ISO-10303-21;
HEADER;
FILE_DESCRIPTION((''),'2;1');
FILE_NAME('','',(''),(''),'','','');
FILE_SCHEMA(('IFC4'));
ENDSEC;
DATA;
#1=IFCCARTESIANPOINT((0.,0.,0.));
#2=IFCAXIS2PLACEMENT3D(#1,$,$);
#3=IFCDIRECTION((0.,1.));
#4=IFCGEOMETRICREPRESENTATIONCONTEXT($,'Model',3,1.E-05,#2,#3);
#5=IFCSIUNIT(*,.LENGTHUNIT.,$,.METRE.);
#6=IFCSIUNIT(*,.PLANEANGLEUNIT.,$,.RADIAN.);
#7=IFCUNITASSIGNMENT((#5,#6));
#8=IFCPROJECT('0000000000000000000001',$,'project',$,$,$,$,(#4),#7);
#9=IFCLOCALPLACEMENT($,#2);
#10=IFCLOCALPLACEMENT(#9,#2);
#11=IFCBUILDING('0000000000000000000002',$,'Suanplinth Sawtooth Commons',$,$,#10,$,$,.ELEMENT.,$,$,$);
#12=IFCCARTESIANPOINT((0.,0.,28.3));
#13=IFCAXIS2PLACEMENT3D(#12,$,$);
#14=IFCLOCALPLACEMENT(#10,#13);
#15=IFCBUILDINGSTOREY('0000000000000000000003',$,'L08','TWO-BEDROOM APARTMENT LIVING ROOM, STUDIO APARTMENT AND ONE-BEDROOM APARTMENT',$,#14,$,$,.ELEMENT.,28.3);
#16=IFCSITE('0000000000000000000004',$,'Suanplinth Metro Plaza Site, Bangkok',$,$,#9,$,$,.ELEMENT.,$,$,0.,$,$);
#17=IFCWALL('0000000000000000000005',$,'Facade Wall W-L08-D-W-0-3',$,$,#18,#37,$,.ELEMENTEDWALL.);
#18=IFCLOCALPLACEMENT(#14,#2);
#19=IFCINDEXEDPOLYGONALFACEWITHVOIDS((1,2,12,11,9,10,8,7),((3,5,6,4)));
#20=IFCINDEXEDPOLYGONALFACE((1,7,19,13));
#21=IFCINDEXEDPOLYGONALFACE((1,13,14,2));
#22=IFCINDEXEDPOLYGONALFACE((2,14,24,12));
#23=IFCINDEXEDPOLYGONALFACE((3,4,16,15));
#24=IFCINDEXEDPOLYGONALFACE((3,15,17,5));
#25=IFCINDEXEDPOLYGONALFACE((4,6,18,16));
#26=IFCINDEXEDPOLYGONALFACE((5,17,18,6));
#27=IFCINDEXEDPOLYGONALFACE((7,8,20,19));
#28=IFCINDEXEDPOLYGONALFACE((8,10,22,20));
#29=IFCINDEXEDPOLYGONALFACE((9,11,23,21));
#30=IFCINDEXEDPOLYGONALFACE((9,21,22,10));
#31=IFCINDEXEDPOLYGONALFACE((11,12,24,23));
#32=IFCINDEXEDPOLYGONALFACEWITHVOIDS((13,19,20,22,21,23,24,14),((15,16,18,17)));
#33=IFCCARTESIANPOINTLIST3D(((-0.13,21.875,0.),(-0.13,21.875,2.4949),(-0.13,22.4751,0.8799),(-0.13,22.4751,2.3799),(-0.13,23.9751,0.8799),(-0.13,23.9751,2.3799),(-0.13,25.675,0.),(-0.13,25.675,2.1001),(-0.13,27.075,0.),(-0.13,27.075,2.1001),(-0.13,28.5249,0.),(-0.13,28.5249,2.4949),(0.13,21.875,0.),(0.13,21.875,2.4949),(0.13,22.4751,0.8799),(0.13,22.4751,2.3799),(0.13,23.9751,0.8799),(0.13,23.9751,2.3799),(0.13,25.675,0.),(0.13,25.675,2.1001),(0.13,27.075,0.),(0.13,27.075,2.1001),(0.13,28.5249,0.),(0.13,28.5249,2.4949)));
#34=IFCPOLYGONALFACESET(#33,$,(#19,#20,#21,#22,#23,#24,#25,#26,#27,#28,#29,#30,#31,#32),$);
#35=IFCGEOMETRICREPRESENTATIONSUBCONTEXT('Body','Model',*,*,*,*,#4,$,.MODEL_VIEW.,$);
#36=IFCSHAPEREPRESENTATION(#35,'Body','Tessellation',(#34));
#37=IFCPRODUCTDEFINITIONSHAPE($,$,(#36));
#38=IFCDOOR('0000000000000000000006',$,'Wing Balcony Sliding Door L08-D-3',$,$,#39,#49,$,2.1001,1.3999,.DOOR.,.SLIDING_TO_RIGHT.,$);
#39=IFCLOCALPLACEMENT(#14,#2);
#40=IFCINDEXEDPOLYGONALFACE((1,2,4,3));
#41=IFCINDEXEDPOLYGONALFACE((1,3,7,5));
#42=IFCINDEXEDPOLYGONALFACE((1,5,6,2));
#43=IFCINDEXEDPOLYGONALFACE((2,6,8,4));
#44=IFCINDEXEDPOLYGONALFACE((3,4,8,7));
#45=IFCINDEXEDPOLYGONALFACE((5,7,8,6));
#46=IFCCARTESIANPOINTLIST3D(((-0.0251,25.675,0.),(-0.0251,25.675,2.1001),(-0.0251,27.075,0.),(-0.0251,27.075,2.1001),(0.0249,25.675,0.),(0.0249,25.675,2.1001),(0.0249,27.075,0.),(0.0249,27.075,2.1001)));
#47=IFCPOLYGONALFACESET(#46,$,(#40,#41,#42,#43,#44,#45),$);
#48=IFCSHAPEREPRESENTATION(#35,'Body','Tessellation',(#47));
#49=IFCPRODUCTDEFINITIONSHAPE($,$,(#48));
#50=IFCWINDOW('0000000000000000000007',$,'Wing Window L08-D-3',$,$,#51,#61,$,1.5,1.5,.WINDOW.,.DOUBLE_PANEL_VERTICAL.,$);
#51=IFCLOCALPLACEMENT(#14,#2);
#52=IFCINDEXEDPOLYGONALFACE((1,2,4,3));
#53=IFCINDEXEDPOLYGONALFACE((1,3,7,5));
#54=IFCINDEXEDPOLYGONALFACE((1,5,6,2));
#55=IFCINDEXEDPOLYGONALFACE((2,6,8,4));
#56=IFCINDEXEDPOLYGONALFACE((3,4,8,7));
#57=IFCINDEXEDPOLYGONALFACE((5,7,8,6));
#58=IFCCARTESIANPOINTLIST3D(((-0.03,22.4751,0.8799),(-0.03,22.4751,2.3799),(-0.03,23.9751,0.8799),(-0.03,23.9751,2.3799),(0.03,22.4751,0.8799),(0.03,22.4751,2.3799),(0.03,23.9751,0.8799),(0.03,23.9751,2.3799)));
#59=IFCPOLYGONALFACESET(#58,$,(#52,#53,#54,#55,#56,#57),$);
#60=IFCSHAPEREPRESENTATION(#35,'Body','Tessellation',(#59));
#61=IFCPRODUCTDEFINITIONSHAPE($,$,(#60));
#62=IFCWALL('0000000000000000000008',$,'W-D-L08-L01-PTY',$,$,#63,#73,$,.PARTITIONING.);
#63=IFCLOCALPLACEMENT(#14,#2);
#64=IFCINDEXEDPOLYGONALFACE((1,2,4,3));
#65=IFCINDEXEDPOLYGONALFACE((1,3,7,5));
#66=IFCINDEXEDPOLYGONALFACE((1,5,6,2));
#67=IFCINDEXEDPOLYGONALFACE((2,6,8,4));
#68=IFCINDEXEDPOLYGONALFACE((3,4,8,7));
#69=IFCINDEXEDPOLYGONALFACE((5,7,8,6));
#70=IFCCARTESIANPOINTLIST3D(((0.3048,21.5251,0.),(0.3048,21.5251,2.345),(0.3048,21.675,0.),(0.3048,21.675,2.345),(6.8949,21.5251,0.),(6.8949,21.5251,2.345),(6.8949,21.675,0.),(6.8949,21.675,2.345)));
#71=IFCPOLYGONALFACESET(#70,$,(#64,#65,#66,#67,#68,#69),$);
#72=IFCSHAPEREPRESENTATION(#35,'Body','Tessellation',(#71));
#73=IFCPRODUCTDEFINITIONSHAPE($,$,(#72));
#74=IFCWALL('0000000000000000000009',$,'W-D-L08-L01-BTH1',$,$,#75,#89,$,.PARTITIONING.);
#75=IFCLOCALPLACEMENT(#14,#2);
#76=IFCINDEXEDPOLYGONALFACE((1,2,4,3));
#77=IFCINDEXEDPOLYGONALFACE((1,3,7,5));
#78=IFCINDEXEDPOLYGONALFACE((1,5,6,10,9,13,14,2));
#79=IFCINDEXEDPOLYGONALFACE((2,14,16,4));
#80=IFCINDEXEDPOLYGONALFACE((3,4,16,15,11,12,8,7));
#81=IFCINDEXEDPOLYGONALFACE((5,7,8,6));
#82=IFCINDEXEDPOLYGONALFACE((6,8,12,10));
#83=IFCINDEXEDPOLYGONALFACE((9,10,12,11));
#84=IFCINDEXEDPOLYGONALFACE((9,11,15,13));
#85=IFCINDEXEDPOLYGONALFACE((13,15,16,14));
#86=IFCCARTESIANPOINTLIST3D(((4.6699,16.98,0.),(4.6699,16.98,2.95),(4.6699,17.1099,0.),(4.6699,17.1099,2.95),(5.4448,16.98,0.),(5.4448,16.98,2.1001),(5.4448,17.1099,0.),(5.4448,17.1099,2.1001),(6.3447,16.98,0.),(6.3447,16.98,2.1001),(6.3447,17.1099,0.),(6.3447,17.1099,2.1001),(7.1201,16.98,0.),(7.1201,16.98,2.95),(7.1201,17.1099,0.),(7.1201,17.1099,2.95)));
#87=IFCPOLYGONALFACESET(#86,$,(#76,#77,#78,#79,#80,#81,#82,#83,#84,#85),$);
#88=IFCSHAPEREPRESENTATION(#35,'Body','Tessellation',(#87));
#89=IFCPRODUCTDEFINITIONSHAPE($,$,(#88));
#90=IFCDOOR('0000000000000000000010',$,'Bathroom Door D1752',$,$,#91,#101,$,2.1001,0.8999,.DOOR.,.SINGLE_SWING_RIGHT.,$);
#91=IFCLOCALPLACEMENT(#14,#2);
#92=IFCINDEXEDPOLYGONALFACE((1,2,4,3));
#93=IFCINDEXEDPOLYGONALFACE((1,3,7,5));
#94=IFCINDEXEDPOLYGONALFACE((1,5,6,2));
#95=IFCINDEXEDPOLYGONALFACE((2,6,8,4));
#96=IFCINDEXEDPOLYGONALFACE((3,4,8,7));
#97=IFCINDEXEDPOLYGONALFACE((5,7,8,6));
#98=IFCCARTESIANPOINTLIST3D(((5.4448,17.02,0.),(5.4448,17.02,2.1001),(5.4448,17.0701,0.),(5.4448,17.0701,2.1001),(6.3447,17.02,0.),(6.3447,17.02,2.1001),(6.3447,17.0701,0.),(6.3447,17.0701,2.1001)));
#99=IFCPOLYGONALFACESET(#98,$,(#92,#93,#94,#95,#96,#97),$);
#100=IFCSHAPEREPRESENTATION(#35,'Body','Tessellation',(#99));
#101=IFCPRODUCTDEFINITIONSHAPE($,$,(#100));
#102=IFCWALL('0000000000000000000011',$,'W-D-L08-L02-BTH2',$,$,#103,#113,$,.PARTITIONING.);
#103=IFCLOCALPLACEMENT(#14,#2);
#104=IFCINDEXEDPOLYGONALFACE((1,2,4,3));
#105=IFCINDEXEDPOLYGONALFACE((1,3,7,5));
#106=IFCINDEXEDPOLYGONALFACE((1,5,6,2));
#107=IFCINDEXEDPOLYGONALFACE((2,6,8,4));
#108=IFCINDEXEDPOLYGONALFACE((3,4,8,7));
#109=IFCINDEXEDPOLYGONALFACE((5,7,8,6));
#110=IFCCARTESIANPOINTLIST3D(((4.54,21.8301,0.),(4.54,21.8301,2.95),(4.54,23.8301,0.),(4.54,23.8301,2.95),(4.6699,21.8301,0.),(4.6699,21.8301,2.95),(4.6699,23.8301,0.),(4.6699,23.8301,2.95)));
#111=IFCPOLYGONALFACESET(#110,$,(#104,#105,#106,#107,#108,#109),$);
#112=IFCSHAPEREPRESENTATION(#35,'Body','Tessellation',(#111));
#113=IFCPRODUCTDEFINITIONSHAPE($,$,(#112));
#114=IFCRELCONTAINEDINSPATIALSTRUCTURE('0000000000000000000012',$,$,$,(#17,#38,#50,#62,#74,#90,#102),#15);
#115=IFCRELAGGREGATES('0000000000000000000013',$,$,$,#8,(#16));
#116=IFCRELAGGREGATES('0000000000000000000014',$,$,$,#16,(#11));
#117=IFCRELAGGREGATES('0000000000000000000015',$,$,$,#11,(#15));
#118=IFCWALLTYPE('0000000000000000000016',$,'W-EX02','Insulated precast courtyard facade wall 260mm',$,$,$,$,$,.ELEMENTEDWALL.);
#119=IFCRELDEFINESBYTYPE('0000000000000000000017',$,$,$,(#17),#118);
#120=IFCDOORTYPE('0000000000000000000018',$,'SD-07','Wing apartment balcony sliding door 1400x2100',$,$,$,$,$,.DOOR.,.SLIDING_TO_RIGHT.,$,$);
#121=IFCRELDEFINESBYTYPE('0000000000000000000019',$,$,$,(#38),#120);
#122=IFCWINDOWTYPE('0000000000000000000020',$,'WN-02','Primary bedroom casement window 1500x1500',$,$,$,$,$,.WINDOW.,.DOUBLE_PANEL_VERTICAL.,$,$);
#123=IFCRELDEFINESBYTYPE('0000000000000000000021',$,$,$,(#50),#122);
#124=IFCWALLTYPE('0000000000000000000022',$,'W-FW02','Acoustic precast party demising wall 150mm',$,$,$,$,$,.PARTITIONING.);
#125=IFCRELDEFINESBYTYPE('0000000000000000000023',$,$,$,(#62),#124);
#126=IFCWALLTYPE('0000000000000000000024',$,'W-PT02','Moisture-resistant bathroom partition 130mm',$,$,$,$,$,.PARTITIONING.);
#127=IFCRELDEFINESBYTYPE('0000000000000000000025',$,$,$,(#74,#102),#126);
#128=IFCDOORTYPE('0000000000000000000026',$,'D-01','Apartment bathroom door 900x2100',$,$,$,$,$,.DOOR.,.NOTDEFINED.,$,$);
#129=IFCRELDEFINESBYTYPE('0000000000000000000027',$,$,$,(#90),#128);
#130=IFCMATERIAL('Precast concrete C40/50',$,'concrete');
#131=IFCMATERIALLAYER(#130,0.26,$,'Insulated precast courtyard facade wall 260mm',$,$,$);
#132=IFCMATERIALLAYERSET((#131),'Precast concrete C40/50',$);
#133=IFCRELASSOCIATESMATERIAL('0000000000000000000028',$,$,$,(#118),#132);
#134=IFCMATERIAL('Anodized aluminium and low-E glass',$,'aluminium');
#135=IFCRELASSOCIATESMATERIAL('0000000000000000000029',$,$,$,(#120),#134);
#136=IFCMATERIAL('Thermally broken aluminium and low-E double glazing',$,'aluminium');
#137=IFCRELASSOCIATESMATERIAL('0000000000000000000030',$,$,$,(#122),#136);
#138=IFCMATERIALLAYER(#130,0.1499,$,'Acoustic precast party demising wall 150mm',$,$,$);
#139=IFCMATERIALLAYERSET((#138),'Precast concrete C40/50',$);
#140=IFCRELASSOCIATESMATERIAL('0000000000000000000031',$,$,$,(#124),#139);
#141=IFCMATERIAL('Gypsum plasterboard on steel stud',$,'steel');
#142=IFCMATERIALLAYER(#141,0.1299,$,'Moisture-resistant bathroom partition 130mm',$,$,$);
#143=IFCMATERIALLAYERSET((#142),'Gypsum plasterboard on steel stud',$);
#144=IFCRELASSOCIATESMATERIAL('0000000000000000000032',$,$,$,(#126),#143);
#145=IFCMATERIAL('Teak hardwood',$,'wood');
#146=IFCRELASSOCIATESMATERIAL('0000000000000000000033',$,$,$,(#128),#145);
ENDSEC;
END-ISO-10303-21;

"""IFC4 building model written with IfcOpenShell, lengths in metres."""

from ifc_helpers import new_model, si_unit, direction, frame, frame_2d, origin, place, context, subcontext, project, spatial, rectangle, extrude, material, layer, layer_set, type_object, element, fill, save


model = new_model("IFC4")

# Units and contexts
model_context = context("Model", 3, precision=1e-05, world=origin(), true_north=direction((0.0, 1.0)))
body_context = subcontext(model_context, "Body", "Model", "MODEL_VIEW")
ifc_project = project(units=[si_unit("LENGTHUNIT", "METRE"), si_unit("PLANEANGLEUNIT", "RADIAN")], contexts=[model_context])

# Site, building, storey
site_placement = place(None, origin())
site = spatial("IfcSite", under=ifc_project, at=site_placement, Name="Suanplinth Metro Plaza Site, Bangkok", CompositionType="ELEMENT", RefElevation=0.0)
building_placement = place(site_placement, origin())
building = spatial("IfcBuilding", under=site, at=building_placement, Name="Suanplinth Sawtooth Commons", CompositionType="ELEMENT")
storey_placement = place(building_placement, frame((0.0, 0.0, 28.3)))
storey = spatial("IfcBuildingStorey", under=building, at=storey_placement, Name="L08", Description="TWO-BEDROOM APARTMENT LIVING ROOM, STUDIO APARTMENT AND ONE-BEDROOM APARTMENT", CompositionType="ELEMENT", Elevation=28.3)

# Shared definitions
ifc_material_1 = material(Name="Precast concrete C40/50", Category="concrete")

# Wall, openings, door, window
ifc_layer_1 = layer(ifc_material_1, 0.26, Name="Insulated precast courtyard facade wall 260mm")
ifc_layer_set_1 = layer_set([ifc_layer_1], Name="Precast concrete C40/50")
wall_type_1 = type_object("IfcWallType", Name="W-EX02", Description="Insulated precast courtyard facade wall 260mm", PredefinedType="ELEMENTEDWALL", material=ifc_layer_set_1)
wall_1_placement = place(storey_placement, frame((0.0, 21.875, 0.0), z_axis=(0.0, 0.0, 1.0), x_axis=(0.0, 1.0, 0.0)))
wall_1 = element("IfcWall", 1, at=wall_1_placement, inside=storey, type_object=wall_type_1, Name="Facade Wall W-L08-D-W-0-3", PredefinedType="ELEMENTEDWALL", context=body_context, shape_type="SweptSolid", body=[
    extrude(rectangle(XDim=6.6499, YDim=0.26, at=frame_2d((3.325, 0.0))), origin(), (0.0, 0.0, 1.0), 2.4949),
])
opening_1_placement = place(wall_1_placement, frame((3.8, 0.0, 0.0)))
opening_1 = element("IfcOpeningElement", 2, at=opening_1_placement, cuts=wall_1, PredefinedType="OPENING", context=body_context, shape_type="SweptSolid", body=[
    extrude(rectangle(XDim=1.3999, YDim=2.1001, at=frame_2d((0.7, 1.05))), frame((0.0, 0.145, 0.0), z_axis=(0.0, -1.0, 0.0), x_axis=(1.0, 0.0, 0.0)), (0.0, 0.0, 1.0), 0.2898),
])
opening_2_placement = place(wall_1_placement, frame((0.6001, 0.0, 0.8799)))
opening_2 = element("IfcOpeningElement", 3, at=opening_2_placement, cuts=wall_1, PredefinedType="OPENING", context=body_context, shape_type="SweptSolid", body=[
    extrude(rectangle(XDim=1.5, YDim=1.5, at=frame_2d((0.75, 0.75))), frame((0.0, 0.145, 0.0), z_axis=(0.0, -1.0, 0.0), x_axis=(1.0, 0.0, 0.0)), (0.0, 0.0, 1.0), 0.2898),
])
ifc_material_2 = material(Name="Anodized aluminium and low-E glass", Category="aluminium")
door_type_1 = type_object("IfcDoorType", Name="SD-07", Description="Wing apartment balcony sliding door 1400x2100", OperationType="SLIDING_TO_RIGHT", PredefinedType="DOOR", material=ifc_material_2)
door_1_placement = place(opening_1_placement, frame((1.3999, 0.0, 0.0), z_axis=(0.0, 0.0, 1.0), x_axis=(-1.0, 0.0, 0.0)))
door_1 = element("IfcDoor", 4, at=door_1_placement, inside=storey, type_object=door_type_1, Name="Wing Balcony Sliding Door L08-D-3", OperationType="SLIDING_TO_RIGHT", OverallHeight=2.1001, OverallWidth=1.3999, PredefinedType="DOOR", context=body_context, shape_type="SweptSolid", body=[
    extrude(rectangle(XDim=1.3999, YDim=2.1001, at=frame_2d((0.7, 1.05))), frame((0.0, 0.0249, 0.0), z_axis=(0.0, -1.0, 0.0), x_axis=(1.0, 0.0, 0.0)), (0.0, 0.0, 1.0), 0.05),
])
fill(opening_1, door_1)
ifc_material_3 = material(Name="Thermally broken aluminium and low-E double glazing", Category="aluminium")
window_type = type_object("IfcWindowType", Name="WN-02", Description="Primary bedroom casement window 1500x1500", PartitioningType="DOUBLE_PANEL_VERTICAL", PredefinedType="WINDOW", material=ifc_material_3)
window_placement = place(opening_2_placement, origin())
window = element("IfcWindow", 5, at=window_placement, inside=storey, type_object=window_type, Name="Wing Window L08-D-3", OverallHeight=1.5, OverallWidth=1.5, PartitioningType="DOUBLE_PANEL_VERTICAL", PredefinedType="WINDOW", context=body_context, shape_type="SweptSolid", body=[
    extrude(rectangle(XDim=1.5, YDim=1.5, at=frame_2d((0.75, 0.75))), frame((0.0, 0.03, 0.0), z_axis=(0.0, -1.0, 0.0), x_axis=(1.0, 0.0, 0.0)), (0.0, 0.0, 1.0), 0.0601),
])
fill(opening_2, window)

# Wall
ifc_layer_2 = layer(ifc_material_1, 0.1499, Name="Acoustic precast party demising wall 150mm")
ifc_layer_set_2 = layer_set([ifc_layer_2], Name="Precast concrete C40/50")
wall_type_2 = type_object("IfcWallType", Name="W-FW02", Description="Acoustic precast party demising wall 150mm", PredefinedType="PARTITIONING", material=ifc_layer_set_2)
wall_2_placement = place(storey_placement, frame((0.3049, 21.6001, 0.0), z_axis=(0.0, 0.0, 1.0), x_axis=(1.0, 0.0, 0.0)))
element("IfcWall", 6, at=wall_2_placement, inside=storey, type_object=wall_type_2, Name="W-D-L08-L01-PTY", PredefinedType="PARTITIONING", context=body_context, shape_type="SweptSolid", body=[
    extrude(rectangle(XDim=6.5901, YDim=0.1499, at=frame_2d((3.2949, 0.0))), origin(), (0.0, 0.0, 1.0), 2.345),
])

# Wall, opening, door
ifc_material_4 = material(Name="Gypsum plasterboard on steel stud", Category="steel")
ifc_layer_3 = layer(ifc_material_4, 0.1299, Name="Moisture-resistant bathroom partition 130mm")
ifc_layer_set_3 = layer_set([ifc_layer_3], Name="Gypsum plasterboard on steel stud")
wall_type_3 = type_object("IfcWallType", Name="W-PT02", Description="Moisture-resistant bathroom partition 130mm", PredefinedType="PARTITIONING", material=ifc_layer_set_3)
wall_3_placement = place(storey_placement, frame((4.6699, 17.0449, 0.0), z_axis=(0.0, 0.0, 1.0), x_axis=(1.0, 0.0, 0.0)))
wall_3 = element("IfcWall", 7, at=wall_3_placement, inside=storey, type_object=wall_type_3, Name="W-D-L08-L01-BTH1", PredefinedType="PARTITIONING", context=body_context, shape_type="SweptSolid", body=[
    extrude(rectangle(XDim=2.4502, YDim=0.1299, at=frame_2d((1.2251, 0.0))), origin(), (0.0, 0.0, 1.0), 2.95),
])
opening_3_placement = place(wall_3_placement, frame((0.7749, 0.0, 0.0)))
opening_3 = element("IfcOpeningElement", 8, at=opening_3_placement, cuts=wall_3, PredefinedType="OPENING", context=body_context, shape_type="SweptSolid", body=[
    extrude(rectangle(XDim=0.8999, YDim=2.1001, at=frame_2d((0.45, 1.05))), frame((0.0, 0.0798, 0.0), z_axis=(0.0, -1.0, 0.0), x_axis=(1.0, 0.0, 0.0)), (0.0, 0.0, 1.0), 0.1597),
])
ifc_material_5 = material(Name="Teak hardwood", Category="wood")
door_type_2 = type_object("IfcDoorType", Name="D-01", Description="Apartment bathroom door 900x2100", OperationType="NOTDEFINED", PredefinedType="DOOR", material=ifc_material_5)
door_2_placement = place(opening_3_placement, frame((0.8999, 0.0, 0.0), z_axis=(0.0, 0.0, 1.0), x_axis=(-1.0, 0.0, 0.0)))
door_2 = element("IfcDoor", 9, at=door_2_placement, inside=storey, type_object=door_type_2, Name="Bathroom Door D1752", OperationType="SINGLE_SWING_RIGHT", OverallHeight=2.1001, OverallWidth=0.8999, PredefinedType="DOOR", context=body_context, shape_type="SweptSolid", body=[
    extrude(rectangle(XDim=0.8999, YDim=2.1001, at=frame_2d((0.45, 1.05))), frame((0.0, 0.0249, 0.0), z_axis=(0.0, -1.0, 0.0), x_axis=(1.0, 0.0, 0.0)), (0.0, 0.0, 1.0), 0.05),
])
fill(opening_3, door_2)

# Wall
wall_4_placement = place(storey_placement, frame((4.605, 21.8301, 0.0), z_axis=(0.0, 0.0, 1.0), x_axis=(0.0, 1.0, 0.0)))
element("IfcWall", 10, at=wall_4_placement, inside=storey, type_object=wall_type_3, Name="W-D-L08-L02-BTH2", PredefinedType="PARTITIONING", context=body_context, shape_type="SweptSolid", body=[
    extrude(rectangle(XDim=2.0, YDim=0.1299, at=frame_2d((1.0, 0.0))), origin(), (0.0, 0.0, 1.0), 2.95),
])

save(model, "model.ifc")
